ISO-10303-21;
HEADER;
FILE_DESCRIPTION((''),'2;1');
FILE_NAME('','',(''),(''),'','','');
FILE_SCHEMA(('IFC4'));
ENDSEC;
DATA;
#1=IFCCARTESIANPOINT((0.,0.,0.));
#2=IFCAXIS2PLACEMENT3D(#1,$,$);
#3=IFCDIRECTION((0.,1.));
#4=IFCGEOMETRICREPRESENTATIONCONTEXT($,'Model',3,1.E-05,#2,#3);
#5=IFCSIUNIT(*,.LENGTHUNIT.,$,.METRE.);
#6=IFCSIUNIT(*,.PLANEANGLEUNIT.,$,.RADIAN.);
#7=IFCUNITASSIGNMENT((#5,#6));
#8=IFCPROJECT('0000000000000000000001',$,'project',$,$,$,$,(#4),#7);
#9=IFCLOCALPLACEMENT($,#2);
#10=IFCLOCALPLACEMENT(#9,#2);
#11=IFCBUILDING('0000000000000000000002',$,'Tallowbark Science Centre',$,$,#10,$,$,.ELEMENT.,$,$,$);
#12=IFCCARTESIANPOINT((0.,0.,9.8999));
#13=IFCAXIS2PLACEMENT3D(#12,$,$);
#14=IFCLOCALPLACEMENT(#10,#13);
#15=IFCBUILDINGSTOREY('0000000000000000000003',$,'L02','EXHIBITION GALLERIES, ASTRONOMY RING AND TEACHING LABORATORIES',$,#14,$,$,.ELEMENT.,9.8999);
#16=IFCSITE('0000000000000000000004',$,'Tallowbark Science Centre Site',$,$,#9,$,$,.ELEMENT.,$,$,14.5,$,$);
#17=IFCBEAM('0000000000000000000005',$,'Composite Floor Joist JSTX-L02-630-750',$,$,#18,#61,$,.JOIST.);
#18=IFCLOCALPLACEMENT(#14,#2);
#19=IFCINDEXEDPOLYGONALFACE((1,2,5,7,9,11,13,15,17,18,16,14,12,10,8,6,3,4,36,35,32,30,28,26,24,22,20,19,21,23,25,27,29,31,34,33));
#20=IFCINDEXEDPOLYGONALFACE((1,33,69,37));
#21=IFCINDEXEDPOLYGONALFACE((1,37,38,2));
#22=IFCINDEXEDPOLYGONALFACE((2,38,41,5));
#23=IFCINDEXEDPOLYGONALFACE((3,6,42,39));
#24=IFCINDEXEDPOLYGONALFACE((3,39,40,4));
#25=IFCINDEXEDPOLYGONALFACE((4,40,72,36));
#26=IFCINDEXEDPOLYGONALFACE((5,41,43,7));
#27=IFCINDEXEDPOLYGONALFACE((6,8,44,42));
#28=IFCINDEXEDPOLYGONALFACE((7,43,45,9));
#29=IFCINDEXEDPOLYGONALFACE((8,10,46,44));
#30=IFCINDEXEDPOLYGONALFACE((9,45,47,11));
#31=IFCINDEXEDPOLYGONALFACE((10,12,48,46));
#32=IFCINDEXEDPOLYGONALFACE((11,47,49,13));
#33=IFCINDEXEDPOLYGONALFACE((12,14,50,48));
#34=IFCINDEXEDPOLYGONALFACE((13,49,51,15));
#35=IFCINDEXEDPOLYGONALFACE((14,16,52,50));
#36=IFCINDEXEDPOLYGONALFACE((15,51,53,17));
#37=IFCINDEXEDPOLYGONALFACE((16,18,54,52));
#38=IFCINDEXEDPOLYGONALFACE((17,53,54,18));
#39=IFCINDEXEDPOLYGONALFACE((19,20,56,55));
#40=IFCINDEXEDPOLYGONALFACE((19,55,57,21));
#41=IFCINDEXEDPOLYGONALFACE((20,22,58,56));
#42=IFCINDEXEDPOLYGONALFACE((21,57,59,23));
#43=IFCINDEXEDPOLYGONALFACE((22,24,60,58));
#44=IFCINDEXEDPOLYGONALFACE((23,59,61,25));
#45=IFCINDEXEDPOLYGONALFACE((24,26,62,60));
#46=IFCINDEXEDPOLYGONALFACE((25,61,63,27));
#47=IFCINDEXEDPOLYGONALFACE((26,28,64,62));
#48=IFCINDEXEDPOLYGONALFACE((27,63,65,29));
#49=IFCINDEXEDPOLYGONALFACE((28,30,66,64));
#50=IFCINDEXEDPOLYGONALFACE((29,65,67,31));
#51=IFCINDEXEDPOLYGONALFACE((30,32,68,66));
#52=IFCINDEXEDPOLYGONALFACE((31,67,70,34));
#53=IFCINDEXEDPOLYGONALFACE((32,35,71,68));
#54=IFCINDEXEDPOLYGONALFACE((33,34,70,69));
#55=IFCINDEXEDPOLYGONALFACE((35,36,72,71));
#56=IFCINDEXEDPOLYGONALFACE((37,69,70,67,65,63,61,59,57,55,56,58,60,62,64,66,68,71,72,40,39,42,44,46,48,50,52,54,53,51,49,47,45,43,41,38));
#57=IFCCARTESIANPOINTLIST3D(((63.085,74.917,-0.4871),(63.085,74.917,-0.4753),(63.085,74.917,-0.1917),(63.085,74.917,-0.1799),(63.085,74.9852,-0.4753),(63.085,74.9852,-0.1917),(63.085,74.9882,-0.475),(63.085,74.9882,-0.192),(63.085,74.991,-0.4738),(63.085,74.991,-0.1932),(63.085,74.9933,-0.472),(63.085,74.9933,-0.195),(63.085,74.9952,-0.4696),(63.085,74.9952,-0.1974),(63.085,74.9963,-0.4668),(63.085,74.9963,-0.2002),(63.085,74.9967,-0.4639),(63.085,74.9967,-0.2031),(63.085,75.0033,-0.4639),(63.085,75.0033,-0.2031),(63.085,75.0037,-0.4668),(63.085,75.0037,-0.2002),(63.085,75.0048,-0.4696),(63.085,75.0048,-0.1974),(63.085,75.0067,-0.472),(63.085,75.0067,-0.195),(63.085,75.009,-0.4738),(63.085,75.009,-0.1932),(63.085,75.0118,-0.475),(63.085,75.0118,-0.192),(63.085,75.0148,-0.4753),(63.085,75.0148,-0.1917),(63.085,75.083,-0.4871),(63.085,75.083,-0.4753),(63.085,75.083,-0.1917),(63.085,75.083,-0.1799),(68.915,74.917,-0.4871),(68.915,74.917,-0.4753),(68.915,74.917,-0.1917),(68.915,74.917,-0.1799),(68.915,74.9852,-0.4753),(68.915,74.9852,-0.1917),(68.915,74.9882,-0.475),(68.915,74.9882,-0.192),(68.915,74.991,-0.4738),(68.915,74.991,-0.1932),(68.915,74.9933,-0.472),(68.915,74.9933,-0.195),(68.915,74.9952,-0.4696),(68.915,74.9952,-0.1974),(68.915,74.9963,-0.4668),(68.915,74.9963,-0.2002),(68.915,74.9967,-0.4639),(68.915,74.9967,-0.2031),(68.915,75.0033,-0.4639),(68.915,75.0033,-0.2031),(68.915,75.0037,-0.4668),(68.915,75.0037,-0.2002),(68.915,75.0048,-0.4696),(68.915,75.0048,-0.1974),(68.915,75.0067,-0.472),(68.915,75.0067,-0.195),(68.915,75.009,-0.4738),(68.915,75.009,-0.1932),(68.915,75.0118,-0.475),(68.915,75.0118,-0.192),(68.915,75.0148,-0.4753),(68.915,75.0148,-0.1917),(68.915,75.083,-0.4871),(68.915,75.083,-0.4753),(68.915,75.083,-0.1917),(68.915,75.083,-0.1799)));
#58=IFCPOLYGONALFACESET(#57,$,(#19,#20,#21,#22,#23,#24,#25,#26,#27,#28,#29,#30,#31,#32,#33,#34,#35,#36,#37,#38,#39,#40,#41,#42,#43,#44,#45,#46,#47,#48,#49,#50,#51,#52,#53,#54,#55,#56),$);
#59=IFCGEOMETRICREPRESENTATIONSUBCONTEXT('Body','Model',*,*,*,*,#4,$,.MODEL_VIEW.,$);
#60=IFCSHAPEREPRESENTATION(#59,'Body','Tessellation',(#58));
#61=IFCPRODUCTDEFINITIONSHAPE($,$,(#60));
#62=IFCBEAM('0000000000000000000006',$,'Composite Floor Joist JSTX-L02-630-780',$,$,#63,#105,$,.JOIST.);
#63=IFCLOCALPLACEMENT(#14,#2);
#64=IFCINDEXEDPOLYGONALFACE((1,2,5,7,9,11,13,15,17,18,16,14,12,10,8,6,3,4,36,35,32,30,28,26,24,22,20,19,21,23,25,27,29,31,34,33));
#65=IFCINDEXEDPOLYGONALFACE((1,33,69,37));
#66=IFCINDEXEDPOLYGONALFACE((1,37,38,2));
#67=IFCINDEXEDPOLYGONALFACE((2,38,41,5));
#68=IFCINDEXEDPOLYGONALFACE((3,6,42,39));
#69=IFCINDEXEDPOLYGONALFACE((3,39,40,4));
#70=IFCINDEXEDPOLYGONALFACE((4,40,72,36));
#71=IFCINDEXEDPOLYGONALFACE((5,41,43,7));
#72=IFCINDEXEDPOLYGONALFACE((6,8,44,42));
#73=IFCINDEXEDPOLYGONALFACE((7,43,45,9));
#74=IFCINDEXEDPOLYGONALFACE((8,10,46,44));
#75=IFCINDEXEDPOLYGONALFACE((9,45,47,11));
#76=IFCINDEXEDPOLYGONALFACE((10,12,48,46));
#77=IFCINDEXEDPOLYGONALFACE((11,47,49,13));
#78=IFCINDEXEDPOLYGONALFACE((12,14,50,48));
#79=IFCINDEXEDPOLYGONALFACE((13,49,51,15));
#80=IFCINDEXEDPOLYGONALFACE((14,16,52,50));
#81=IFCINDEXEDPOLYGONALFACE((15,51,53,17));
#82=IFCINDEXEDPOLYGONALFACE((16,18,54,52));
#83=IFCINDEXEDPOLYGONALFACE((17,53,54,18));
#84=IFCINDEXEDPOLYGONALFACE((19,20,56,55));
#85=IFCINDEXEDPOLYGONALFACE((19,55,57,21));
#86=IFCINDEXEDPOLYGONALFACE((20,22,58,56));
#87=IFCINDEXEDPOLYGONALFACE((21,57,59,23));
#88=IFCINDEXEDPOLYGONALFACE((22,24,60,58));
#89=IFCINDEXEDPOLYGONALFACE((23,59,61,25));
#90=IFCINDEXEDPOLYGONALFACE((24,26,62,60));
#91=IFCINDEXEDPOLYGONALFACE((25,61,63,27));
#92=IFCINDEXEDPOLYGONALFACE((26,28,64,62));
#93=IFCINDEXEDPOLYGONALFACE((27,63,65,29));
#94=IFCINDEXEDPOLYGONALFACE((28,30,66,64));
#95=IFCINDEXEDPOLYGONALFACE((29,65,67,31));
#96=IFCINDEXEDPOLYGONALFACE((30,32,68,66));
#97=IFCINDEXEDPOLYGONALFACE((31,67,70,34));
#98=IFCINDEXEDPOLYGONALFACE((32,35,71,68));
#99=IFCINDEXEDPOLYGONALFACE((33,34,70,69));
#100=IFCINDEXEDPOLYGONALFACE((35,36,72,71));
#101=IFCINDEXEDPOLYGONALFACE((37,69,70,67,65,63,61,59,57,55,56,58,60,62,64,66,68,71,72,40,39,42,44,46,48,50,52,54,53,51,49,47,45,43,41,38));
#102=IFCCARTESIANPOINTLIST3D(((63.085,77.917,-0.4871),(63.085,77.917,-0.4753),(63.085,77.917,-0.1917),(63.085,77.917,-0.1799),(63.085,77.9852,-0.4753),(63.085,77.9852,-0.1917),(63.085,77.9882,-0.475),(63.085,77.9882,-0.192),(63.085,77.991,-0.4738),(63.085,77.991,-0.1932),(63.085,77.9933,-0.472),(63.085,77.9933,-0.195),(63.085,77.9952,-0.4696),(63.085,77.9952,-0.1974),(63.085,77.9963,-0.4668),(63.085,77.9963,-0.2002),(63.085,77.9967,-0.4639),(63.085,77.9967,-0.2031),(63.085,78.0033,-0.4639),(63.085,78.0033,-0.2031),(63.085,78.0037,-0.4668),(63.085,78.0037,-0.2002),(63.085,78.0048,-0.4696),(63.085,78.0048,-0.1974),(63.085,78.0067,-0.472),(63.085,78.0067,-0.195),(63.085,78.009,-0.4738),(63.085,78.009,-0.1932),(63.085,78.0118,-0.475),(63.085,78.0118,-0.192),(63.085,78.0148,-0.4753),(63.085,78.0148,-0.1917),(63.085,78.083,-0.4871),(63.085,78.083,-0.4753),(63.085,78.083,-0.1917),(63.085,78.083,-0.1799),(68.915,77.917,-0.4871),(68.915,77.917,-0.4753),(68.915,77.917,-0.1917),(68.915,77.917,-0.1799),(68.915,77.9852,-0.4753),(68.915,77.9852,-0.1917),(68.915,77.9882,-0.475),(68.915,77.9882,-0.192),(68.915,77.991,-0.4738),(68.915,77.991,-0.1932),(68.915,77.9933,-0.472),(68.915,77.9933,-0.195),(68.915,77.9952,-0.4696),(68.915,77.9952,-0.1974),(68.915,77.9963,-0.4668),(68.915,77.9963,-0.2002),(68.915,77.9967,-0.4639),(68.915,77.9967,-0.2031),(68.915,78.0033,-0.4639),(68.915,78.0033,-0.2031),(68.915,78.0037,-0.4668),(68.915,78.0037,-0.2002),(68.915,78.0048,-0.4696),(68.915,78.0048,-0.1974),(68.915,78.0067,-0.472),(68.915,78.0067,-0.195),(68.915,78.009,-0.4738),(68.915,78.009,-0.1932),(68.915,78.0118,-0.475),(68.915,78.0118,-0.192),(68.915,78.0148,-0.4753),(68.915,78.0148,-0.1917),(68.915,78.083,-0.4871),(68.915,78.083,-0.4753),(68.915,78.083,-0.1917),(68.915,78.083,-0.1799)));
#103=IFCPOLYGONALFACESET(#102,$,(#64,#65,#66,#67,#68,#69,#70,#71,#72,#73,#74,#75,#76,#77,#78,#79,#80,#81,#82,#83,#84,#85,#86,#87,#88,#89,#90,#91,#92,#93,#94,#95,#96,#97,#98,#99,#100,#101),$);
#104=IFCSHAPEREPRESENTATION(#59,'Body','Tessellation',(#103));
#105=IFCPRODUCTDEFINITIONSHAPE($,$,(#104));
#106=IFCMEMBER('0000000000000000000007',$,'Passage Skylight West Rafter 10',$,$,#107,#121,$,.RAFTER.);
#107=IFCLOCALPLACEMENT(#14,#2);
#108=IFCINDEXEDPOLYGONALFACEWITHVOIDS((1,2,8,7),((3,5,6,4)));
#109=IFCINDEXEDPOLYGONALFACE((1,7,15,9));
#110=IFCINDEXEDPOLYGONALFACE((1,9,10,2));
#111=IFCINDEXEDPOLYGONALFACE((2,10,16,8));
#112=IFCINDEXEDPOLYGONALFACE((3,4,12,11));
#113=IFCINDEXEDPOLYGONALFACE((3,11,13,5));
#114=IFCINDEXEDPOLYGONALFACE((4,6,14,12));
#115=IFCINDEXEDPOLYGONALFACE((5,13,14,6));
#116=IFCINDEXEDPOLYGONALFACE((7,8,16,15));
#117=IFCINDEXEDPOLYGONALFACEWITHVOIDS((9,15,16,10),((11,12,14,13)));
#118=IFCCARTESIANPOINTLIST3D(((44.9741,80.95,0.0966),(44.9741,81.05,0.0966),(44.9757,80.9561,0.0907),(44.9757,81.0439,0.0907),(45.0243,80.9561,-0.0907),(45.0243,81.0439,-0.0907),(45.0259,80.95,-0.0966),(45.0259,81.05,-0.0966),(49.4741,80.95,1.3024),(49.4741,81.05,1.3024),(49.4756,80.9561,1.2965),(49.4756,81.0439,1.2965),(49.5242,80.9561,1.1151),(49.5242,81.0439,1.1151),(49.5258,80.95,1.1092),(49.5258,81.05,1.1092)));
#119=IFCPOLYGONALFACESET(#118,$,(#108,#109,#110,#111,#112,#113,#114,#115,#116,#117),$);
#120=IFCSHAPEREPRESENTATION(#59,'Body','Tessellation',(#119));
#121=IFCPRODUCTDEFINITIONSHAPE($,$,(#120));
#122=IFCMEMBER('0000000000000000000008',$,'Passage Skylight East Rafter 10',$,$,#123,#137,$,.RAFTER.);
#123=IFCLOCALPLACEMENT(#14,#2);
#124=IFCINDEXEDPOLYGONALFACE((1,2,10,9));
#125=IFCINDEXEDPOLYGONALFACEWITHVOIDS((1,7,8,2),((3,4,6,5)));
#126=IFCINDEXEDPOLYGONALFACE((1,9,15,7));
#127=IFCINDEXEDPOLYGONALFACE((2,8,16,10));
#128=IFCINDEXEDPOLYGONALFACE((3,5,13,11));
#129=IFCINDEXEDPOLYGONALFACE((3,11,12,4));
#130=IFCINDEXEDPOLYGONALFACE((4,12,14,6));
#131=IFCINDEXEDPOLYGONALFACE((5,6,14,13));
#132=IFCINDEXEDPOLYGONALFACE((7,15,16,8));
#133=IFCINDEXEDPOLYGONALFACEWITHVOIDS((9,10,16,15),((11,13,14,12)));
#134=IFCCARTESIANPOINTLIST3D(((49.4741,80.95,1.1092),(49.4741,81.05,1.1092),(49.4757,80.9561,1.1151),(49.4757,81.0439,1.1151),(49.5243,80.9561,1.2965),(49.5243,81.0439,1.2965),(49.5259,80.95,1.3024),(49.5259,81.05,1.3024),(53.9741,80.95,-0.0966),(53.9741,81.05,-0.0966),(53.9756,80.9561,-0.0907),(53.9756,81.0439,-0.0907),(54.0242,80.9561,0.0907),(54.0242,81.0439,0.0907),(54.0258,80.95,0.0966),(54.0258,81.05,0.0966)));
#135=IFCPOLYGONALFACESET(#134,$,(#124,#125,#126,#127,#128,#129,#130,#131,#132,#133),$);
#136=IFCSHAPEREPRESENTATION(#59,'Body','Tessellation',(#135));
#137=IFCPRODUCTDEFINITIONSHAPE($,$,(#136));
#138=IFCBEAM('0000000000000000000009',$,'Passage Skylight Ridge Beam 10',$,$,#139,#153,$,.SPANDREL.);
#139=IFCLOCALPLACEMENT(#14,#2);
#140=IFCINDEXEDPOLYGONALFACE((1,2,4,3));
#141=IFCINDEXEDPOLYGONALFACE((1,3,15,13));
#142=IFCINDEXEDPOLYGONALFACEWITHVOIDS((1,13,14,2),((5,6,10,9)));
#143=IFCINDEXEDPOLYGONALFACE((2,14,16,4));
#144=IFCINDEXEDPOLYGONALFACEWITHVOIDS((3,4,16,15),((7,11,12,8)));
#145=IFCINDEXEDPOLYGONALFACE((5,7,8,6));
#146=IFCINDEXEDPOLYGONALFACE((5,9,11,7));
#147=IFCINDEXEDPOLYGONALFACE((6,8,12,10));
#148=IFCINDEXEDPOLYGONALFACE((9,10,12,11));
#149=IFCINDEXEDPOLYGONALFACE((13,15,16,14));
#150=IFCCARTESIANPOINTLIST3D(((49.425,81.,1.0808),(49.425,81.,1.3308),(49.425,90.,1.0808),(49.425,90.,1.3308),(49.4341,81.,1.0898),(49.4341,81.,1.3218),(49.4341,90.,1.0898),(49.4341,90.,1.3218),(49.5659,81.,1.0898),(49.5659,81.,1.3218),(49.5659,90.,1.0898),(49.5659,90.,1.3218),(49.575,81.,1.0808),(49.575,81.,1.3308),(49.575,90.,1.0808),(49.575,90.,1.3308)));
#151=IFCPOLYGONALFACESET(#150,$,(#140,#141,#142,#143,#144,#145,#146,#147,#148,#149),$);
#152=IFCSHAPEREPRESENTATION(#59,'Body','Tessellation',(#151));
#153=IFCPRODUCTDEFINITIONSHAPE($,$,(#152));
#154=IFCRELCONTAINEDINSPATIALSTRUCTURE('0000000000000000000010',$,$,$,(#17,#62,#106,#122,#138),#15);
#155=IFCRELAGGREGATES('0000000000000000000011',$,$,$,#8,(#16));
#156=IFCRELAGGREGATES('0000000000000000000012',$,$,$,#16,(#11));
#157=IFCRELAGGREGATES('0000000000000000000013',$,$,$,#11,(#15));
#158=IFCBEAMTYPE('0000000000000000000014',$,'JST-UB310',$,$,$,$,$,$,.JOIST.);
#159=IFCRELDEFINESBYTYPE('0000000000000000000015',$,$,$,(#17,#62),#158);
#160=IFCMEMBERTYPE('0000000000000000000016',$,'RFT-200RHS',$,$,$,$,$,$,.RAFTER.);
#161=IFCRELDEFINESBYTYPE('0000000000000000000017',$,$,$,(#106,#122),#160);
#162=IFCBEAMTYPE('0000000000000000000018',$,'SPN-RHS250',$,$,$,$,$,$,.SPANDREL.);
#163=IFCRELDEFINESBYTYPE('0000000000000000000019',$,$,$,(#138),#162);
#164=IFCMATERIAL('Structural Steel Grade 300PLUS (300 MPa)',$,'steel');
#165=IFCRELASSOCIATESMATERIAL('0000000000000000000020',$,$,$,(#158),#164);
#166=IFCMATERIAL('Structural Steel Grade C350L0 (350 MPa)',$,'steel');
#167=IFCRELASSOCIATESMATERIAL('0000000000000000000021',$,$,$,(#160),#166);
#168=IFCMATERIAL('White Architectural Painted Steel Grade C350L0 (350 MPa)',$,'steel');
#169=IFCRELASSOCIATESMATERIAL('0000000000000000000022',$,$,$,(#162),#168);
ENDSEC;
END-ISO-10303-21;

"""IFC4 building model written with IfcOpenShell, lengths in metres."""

from ifc_helpers import new_model, si_unit, direction, frame, origin, origin_2d, place, context, subcontext, project, spatial, hollow_rectangle, i_section, extrude, material, material_profile, profile_set, type_object, element, save


model = new_model("IFC4")

# Units and contexts
model_context = context("Model", 3, precision=1e-05, world=origin(), true_north=direction((0.0, 1.0)))
body_context = subcontext(model_context, "Body", "Model", "MODEL_VIEW")
ifc_project = project(units=[si_unit("LENGTHUNIT", "METRE"), si_unit("PLANEANGLEUNIT", "RADIAN")], contexts=[model_context])

# Site, building, storey
site_placement = place(None, origin())
site = spatial("IfcSite", under=ifc_project, at=site_placement, Name="Tallowbark Science Centre Site", CompositionType="ELEMENT", RefElevation=14.5)
building_placement = place(site_placement, origin())
building = spatial("IfcBuilding", under=site, at=building_placement, Name="Tallowbark Science Centre", CompositionType="ELEMENT")
storey_placement = place(building_placement, frame((0.0, 0.0, 9.8999)))
storey = spatial("IfcBuildingStorey", under=building, at=storey_placement, Name="L02", Description="EXHIBITION GALLERIES, ASTRONOMY RING AND TEACHING LABORATORIES", CompositionType="ELEMENT", Elevation=9.8999)

# Shared definitions
ifc_material_1 = material(Name="Structural Steel Grade 300PLUS (300 MPa)", Category="steel")

# Beams
ifc_material_profile_1 = material_profile(ifc_material_1, i_section(OverallWidth=0.166, OverallDepth=0.3071, WebThickness=0.0066, FlangeThickness=0.0117, FilletRadius=0.0115, at=origin_2d()), Name="310UB46.2")
ifc_profile_set_1 = profile_set([ifc_material_profile_1], Name="Structural Steel Grade 300PLUS (300 MPa)")
beam_type_1 = type_object("IfcBeamType", Name="JST-UB310", PredefinedType="JOIST", material=ifc_profile_set_1)
for number, where, z_axis, x_axis, name in (
    (1, (63.085, 75.0, -0.3335), (1.0, 0.0, 0.0), (0.0, 1.0, 0.0), "Composite Floor Joist JSTX-L02-630-750"),
    (2, (63.085, 78.0, -0.3335), (1.0, 0.0, 0.0), (0.0, 1.0, 0.0), "Composite Floor Joist JSTX-L02-630-780"),
):
    element("IfcBeam", number, at=place(storey_placement, frame(where, z_axis=z_axis, x_axis=x_axis)), inside=storey, type_object=beam_type_1, Name=name, PredefinedType="JOIST", context=body_context, shape_type="SweptSolid", body=[
        extrude(i_section(OverallWidth=0.166, OverallDepth=0.3071, WebThickness=0.0066, FlangeThickness=0.0117, FilletRadius=0.0115, at=origin_2d()), origin(), (0.0, 0.0, 1.0), 5.8301),
    ])

# Members
ifc_material_2 = material(Name="Structural Steel Grade C350L0 (350 MPa)", Category="steel")
ifc_material_profile_2 = material_profile(ifc_material_2, hollow_rectangle(XDim=0.1001, YDim=0.2, WallThickness=0.0061, at=origin_2d()), Name="200x100x6.0RHS")
ifc_profile_set_2 = profile_set([ifc_material_profile_2], Name="Structural Steel Grade C350L0 (350 MPa)")
member_type_1 = type_object("IfcMemberType", Name="RFT-200RHS", PredefinedType="RAFTER", material=ifc_profile_set_2)
for number, where, z_axis, x_axis, name in (
    (3, (45.0, 81.0, 0.0), (0.965924, 0.0, 0.258827), (0.0, 1.0, 0.0), "Passage Skylight West Rafter 10"),
    (4, (49.5, 81.0, 1.2058), (0.965924, 0.0, -0.258827), (0.0, 1.0, 0.0), "Passage Skylight East Rafter 10"),
):
    element("IfcMember", number, at=place(storey_placement, frame(where, z_axis=z_axis, x_axis=x_axis)), inside=storey, type_object=member_type_1, Name=name, PredefinedType="RAFTER", context=body_context, shape_type="SweptSolid", body=[
        extrude(hollow_rectangle(XDim=0.1001, YDim=0.2, WallThickness=0.0061, at=origin_2d()), origin(), (0.0, 0.0, 1.0), 4.6587),
    ])

# Beam
ifc_material_3 = material(Name="White Architectural Painted Steel Grade C350L0 (350 MPa)", Category="steel")
ifc_material_profile_3 = material_profile(ifc_material_3, hollow_rectangle(XDim=0.1499, YDim=0.25, WallThickness=0.009, at=origin_2d()), Name="250x150x9.0RHS")
ifc_profile_set_3 = profile_set([ifc_material_profile_3], Name="White Architectural Painted Steel Grade C350L0 (350 MPa)")
beam_type_2 = type_object("IfcBeamType", Name="SPN-RHS250", PredefinedType="SPANDREL", material=ifc_profile_set_3)
beam_1_placement = place(storey_placement, frame((49.5, 81.0, 1.2058), z_axis=(0.0, 1.0, 0.0), x_axis=(-1.0, 0.0, 0.0)))
element("IfcBeam", 5, at=beam_1_placement, inside=storey, type_object=beam_type_2, Name="Passage Skylight Ridge Beam 10", PredefinedType="SPANDREL", context=body_context, shape_type="SweptSolid", body=[
    extrude(hollow_rectangle(XDim=0.1499, YDim=0.25, WallThickness=0.009, at=origin_2d()), origin(), (0.0, 0.0, 1.0), 9.0),
])

save(model, "model.ifc")
